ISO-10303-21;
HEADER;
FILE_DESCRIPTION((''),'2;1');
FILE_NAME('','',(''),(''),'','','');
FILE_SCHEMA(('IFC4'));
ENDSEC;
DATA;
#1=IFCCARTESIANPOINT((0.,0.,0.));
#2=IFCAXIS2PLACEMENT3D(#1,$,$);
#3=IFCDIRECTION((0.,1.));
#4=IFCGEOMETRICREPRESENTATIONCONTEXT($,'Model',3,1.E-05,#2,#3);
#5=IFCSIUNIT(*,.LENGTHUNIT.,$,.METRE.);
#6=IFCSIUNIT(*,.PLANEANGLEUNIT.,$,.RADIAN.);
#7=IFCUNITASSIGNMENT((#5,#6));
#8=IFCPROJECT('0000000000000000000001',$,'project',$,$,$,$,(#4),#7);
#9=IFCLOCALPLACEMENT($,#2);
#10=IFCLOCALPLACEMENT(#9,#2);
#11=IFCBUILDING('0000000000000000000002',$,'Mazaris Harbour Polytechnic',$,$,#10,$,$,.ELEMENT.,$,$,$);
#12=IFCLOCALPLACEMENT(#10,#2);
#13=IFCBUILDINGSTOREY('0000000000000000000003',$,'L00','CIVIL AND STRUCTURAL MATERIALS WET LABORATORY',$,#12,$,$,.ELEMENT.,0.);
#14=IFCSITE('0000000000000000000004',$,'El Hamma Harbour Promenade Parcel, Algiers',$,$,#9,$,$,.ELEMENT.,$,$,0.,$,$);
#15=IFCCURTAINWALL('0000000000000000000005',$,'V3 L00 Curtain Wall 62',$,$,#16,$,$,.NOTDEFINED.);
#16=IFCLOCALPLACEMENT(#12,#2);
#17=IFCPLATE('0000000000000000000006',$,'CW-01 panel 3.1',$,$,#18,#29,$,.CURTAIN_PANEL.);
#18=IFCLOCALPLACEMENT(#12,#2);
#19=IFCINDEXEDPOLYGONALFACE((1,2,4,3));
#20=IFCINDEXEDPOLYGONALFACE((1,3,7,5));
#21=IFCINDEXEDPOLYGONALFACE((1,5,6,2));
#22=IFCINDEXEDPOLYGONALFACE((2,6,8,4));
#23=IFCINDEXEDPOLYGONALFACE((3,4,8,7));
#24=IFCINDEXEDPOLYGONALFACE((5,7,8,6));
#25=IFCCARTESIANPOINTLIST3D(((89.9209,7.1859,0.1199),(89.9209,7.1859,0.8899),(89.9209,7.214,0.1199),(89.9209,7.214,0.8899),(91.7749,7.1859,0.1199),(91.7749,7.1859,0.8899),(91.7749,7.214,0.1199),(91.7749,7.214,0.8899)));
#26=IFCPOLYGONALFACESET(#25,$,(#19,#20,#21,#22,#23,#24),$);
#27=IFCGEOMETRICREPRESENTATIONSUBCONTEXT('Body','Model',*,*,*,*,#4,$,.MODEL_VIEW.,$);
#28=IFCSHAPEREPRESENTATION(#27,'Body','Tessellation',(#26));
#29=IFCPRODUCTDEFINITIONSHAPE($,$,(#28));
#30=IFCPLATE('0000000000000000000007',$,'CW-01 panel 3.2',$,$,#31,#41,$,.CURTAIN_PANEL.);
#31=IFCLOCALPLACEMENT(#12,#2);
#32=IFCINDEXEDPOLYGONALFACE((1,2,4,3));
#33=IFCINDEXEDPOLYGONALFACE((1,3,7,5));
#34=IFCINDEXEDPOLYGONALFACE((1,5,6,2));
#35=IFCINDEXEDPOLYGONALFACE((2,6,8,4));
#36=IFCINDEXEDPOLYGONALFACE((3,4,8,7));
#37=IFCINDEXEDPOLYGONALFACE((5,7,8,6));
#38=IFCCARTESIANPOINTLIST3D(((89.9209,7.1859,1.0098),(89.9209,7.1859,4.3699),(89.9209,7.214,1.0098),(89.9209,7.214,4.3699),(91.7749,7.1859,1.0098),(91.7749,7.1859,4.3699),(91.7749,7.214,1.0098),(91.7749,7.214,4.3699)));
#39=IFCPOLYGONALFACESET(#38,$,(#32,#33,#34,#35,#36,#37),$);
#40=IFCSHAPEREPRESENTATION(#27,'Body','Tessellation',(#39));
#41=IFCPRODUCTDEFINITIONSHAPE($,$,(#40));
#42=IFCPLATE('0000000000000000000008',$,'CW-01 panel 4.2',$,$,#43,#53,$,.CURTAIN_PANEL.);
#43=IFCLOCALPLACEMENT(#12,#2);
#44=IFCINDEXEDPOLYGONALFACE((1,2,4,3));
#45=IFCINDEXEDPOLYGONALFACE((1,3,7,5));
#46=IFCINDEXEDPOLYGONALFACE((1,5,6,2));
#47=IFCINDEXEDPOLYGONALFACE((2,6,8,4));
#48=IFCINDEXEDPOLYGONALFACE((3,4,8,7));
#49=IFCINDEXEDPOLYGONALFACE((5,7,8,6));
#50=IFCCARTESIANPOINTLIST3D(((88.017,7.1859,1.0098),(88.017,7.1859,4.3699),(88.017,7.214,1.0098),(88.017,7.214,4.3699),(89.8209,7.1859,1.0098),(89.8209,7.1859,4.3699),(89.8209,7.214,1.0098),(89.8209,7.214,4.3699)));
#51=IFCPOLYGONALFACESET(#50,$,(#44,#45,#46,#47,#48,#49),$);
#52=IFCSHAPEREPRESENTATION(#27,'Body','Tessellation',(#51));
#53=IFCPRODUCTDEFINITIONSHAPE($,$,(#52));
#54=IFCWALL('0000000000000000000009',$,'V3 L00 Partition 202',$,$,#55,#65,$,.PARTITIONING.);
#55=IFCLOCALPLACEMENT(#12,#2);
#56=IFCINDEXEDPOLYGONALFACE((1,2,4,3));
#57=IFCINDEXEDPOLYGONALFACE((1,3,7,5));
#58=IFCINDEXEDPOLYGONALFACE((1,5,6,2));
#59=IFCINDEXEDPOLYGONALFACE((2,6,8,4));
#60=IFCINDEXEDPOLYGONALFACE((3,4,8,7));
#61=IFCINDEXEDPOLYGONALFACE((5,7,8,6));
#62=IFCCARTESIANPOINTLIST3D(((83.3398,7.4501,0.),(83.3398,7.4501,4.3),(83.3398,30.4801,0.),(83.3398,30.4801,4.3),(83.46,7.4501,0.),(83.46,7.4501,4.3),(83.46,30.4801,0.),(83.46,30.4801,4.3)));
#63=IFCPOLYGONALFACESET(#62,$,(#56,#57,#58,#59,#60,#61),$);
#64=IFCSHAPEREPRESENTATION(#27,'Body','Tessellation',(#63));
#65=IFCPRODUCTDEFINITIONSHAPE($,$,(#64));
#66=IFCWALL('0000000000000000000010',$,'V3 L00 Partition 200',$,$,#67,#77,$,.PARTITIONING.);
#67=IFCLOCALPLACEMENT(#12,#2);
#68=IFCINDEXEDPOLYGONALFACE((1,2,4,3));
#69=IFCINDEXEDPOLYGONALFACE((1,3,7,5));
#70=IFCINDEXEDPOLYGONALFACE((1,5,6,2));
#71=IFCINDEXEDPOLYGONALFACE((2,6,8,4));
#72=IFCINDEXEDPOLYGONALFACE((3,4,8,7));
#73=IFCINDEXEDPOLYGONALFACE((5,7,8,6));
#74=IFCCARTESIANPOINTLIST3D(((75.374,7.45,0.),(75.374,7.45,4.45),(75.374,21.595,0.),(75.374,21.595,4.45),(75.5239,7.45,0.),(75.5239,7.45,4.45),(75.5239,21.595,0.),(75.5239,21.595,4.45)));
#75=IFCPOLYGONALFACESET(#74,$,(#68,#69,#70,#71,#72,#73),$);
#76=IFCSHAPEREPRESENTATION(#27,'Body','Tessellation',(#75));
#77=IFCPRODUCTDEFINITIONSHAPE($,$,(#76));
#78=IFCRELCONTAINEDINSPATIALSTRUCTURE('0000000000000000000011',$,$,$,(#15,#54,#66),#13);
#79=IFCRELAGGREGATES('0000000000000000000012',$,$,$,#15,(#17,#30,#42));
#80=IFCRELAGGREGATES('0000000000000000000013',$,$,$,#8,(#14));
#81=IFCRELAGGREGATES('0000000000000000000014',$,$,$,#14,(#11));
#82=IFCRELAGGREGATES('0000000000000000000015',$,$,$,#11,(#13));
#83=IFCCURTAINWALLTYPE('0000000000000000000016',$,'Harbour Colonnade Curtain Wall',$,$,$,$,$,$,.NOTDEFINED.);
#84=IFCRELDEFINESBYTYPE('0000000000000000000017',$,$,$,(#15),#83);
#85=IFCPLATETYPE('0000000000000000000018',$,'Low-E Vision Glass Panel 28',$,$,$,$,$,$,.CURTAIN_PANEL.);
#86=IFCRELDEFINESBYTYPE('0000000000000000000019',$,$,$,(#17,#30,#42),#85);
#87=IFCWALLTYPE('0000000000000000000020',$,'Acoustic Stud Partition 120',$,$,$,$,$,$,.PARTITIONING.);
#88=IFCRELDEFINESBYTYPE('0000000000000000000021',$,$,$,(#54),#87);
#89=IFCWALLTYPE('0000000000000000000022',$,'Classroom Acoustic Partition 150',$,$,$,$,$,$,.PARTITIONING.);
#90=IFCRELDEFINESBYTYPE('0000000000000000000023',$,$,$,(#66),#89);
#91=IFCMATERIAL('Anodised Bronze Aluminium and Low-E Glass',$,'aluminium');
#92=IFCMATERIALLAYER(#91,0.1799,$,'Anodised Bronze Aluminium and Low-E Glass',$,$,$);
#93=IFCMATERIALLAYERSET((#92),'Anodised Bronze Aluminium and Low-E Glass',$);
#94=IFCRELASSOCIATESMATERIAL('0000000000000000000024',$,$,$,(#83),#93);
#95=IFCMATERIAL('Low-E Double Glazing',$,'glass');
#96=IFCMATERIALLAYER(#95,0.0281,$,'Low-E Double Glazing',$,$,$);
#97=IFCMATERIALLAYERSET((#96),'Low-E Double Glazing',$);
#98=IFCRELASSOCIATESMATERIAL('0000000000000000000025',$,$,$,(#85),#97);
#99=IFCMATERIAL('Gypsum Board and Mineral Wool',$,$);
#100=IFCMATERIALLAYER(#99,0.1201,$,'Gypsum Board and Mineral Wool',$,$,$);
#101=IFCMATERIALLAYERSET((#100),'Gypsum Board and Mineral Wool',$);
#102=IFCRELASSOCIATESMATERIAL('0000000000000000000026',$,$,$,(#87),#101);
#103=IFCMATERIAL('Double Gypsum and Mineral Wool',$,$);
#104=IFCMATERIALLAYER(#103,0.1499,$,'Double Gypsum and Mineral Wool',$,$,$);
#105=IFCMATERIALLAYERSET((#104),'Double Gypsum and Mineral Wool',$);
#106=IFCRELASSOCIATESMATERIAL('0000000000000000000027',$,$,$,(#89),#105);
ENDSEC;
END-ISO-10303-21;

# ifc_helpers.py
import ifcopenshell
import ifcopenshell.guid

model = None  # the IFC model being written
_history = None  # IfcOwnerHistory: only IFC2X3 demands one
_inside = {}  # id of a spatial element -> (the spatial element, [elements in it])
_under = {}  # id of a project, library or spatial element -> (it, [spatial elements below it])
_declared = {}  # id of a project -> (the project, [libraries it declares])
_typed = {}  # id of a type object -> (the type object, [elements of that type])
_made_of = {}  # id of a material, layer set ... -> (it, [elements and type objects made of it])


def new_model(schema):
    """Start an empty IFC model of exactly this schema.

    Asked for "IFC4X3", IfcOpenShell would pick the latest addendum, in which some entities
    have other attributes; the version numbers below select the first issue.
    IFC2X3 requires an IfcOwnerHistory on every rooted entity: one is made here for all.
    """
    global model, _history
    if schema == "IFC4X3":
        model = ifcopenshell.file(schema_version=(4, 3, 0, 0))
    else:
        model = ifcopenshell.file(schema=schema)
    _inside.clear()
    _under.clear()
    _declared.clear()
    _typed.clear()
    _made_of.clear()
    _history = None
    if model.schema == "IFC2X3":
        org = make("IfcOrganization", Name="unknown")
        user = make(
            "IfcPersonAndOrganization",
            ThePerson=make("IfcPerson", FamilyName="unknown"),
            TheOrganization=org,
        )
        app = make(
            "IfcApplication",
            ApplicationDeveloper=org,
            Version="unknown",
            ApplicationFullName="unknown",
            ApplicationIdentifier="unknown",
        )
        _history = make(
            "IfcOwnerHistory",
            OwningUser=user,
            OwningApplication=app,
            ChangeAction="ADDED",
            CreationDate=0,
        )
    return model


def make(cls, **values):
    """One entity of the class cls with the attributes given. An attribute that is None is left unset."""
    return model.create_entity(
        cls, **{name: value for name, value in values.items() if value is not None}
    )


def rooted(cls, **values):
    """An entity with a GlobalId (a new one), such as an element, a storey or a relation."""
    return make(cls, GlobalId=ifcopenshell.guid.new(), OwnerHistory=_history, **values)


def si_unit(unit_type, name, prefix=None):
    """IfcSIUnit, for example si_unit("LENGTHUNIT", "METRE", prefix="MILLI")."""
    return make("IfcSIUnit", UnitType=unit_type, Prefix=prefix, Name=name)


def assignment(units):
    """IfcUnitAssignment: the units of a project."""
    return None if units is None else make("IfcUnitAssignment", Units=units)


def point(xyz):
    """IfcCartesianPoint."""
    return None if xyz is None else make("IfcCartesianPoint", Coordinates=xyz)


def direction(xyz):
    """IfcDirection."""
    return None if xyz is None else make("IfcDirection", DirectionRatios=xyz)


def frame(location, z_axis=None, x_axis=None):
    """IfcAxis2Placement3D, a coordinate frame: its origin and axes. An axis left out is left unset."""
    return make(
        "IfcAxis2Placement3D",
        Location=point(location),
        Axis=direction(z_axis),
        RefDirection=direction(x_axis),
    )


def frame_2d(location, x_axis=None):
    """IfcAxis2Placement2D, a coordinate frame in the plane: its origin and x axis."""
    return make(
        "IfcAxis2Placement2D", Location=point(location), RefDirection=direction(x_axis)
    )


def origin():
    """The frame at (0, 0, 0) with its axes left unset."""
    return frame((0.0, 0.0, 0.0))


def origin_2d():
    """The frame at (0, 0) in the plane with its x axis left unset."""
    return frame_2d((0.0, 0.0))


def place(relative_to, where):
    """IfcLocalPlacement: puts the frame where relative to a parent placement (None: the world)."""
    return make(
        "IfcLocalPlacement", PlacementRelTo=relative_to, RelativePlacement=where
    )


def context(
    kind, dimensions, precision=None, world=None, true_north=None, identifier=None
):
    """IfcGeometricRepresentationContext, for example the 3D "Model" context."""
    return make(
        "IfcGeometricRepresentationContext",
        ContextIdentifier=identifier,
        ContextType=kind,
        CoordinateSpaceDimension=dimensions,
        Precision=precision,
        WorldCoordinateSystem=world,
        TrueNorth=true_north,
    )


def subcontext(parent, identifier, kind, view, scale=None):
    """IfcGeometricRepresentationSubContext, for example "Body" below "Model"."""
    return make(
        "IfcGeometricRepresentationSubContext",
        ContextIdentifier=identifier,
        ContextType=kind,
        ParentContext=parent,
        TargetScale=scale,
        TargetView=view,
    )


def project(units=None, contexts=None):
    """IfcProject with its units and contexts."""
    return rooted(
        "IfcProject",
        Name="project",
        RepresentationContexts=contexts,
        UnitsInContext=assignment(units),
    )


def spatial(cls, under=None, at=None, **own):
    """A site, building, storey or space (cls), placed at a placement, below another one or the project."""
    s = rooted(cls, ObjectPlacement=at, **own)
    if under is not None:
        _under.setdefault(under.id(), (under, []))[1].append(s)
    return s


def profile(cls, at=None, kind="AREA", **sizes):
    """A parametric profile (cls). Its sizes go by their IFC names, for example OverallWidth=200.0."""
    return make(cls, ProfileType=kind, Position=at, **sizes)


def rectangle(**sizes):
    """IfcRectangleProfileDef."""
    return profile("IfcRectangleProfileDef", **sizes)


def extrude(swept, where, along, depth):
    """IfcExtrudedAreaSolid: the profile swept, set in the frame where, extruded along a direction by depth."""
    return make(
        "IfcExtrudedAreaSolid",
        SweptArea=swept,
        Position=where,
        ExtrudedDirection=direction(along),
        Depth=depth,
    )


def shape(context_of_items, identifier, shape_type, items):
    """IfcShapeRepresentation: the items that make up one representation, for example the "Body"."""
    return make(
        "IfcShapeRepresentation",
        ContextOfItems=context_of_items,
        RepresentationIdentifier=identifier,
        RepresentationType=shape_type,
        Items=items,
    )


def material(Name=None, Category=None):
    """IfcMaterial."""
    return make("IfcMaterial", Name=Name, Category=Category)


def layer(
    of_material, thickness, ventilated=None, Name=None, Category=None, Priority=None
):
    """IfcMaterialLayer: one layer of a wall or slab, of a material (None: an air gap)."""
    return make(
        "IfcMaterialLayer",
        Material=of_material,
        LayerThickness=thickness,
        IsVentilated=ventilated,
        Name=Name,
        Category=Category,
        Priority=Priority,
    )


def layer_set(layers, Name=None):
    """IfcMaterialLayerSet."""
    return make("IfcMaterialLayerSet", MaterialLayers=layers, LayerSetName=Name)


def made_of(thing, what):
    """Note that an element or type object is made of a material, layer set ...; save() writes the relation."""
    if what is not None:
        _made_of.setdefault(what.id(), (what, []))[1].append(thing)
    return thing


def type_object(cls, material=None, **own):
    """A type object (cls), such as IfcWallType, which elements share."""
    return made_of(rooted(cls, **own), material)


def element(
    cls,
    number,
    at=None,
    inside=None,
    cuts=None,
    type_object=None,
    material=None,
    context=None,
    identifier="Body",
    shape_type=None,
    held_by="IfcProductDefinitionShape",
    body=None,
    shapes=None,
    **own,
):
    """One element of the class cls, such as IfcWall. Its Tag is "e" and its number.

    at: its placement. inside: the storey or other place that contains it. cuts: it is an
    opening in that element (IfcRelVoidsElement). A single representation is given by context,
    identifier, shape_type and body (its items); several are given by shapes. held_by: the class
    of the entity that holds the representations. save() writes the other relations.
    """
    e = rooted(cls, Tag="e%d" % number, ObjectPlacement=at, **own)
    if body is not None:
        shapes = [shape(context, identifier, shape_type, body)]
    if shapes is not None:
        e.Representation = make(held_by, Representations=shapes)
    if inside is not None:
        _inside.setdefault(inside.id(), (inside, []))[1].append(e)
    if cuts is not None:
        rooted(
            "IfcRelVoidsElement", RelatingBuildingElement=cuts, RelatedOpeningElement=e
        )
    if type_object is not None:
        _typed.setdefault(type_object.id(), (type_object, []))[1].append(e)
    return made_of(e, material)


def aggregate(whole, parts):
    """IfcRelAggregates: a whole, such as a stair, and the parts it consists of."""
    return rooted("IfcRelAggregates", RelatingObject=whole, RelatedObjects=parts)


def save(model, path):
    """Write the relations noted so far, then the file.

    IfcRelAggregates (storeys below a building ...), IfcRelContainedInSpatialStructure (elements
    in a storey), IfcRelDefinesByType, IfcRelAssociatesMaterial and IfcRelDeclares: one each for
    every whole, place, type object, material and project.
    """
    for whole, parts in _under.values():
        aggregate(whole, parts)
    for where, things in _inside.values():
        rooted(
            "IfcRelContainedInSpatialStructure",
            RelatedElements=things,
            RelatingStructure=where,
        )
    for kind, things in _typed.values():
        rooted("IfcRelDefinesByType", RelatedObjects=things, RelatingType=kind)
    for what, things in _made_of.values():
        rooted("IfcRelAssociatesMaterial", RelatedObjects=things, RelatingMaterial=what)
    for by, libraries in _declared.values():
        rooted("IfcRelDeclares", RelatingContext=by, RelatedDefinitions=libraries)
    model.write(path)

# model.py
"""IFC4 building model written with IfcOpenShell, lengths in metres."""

from ifc_helpers import new_model, si_unit, direction, frame, frame_2d, origin, origin_2d, place, context, subcontext, project, spatial, rectangle, extrude, material, layer, layer_set, type_object, element, aggregate, save


model = new_model("IFC4")

# Units and contexts
model_context = context("Model", 3, precision=1e-05, world=origin(), true_north=direction((0.0, 1.0)))
body_context = subcontext(model_context, "Body", "Model", "MODEL_VIEW")
ifc_project = project(units=[si_unit("LENGTHUNIT", "METRE"), si_unit("PLANEANGLEUNIT", "RADIAN")], contexts=[model_context])

# Site, building, storey
site_placement = place(None, origin())
site = spatial("IfcSite", under=ifc_project, at=site_placement, Name="El Hamma Harbour Promenade Parcel, Algiers", CompositionType="ELEMENT", RefElevation=0.0)
building_placement = place(site_placement, origin())
building = spatial("IfcBuilding", under=site, at=building_placement, Name="Mazaris Harbour Polytechnic", CompositionType="ELEMENT")
storey_placement = place(building_placement, origin())
storey = spatial("IfcBuildingStorey", under=building, at=storey_placement, Name="L00", Description="CIVIL AND STRUCTURAL MATERIALS WET LABORATORY", CompositionType="ELEMENT", Elevation=0.0)

# Curtain wall
ifc_material_1 = material(Name="Anodised Bronze Aluminium and Low-E Glass", Category="aluminium")
ifc_layer_1 = layer(ifc_material_1, 0.1799, Name="Anodised Bronze Aluminium and Low-E Glass")
ifc_layer_set_1 = layer_set([ifc_layer_1], Name="Anodised Bronze Aluminium and Low-E Glass")
curtain_wall_type = type_object("IfcCurtainWallType", Name="Harbour Colonnade Curtain Wall", PredefinedType="NOTDEFINED", material=ifc_layer_set_1)
curtain_wall_placement = place(storey_placement, origin())
curtain_wall = element("IfcCurtainWall", 1, at=curtain_wall_placement, inside=storey, type_object=curtain_wall_type, Name="V3 L00 Curtain Wall 62", PredefinedType="NOTDEFINED")

# Plates
ifc_material_2 = material(Name="Low-E Double Glazing", Category="glass")
ifc_layer_2 = layer(ifc_material_2, 0.0281, Name="Low-E Double Glazing")
ifc_layer_set_2 = layer_set([ifc_layer_2], Name="Low-E Double Glazing")
plate_type = type_object("IfcPlateType", Name="Low-E Vision Glass Panel 28", PredefinedType="CURTAIN_PANEL", material=ifc_layer_set_2)
plate_1_placement = place(storey_placement, frame((90.8479, 7.2, 0.1199), z_axis=(0.0, 0.0, 1.0), x_axis=(-1.0, 0.0, 0.0)))
plate_1 = element("IfcPlate", 2, at=plate_1_placement, type_object=plate_type, Name="CW-01 panel 3.1", PredefinedType="CURTAIN_PANEL", context=body_context, shape_type="SweptSolid", body=[
    extrude(rectangle(XDim=1.854, YDim=0.0281, at=origin_2d()), origin(), (0.0, 0.0, 1.0), 0.77),
])
plate_2_placement = place(storey_placement, frame((90.8479, 7.2, 1.0098), z_axis=(0.0, 0.0, 1.0), x_axis=(-1.0, 0.0, 0.0)))
plate_2 = element("IfcPlate", 3, at=plate_2_placement, type_object=plate_type, Name="CW-01 panel 3.2", PredefinedType="CURTAIN_PANEL", context=body_context, shape_type="SweptSolid", body=[
    extrude(rectangle(XDim=1.854, YDim=0.0281, at=origin_2d()), origin(), (0.0, 0.0, 1.0), 3.3601),
])
plate_3_placement = place(storey_placement, frame((88.9189, 7.2, 1.0098), z_axis=(0.0, 0.0, 1.0), x_axis=(-1.0, 0.0, 0.0)))
plate_3 = element("IfcPlate", 4, at=plate_3_placement, type_object=plate_type, Name="CW-01 panel 4.2", PredefinedType="CURTAIN_PANEL", context=body_context, shape_type="SweptSolid", body=[
    extrude(rectangle(XDim=1.804, YDim=0.0281, at=origin_2d()), origin(), (0.0, 0.0, 1.0), 3.3601),
])
aggregate(curtain_wall, [plate_1, plate_2, plate_3])

# Walls
ifc_material_3 = material(Name="Gypsum Board and Mineral Wool")
ifc_layer_3 = layer(ifc_material_3, 0.1201, Name="Gypsum Board and Mineral Wool")
ifc_layer_set_3 = layer_set([ifc_layer_3], Name="Gypsum Board and Mineral Wool")
wall_type_1 = type_object("IfcWallType", Name="Acoustic Stud Partition 120", PredefinedType="PARTITIONING", material=ifc_layer_set_3)
wall_1_placement = place(storey_placement, frame((83.3999, 7.45, 0.0), z_axis=(0.0, 0.0, 1.0), x_axis=(0.0, 1.0, 0.0)))
element("IfcWall", 5, at=wall_1_placement, inside=storey, type_object=wall_type_1, Name="V3 L00 Partition 202", PredefinedType="PARTITIONING", context=body_context, shape_type="SweptSolid", body=[
    extrude(rectangle(XDim=23.03, YDim=0.1201, at=frame_2d((11.5151, 0.0))), origin(), (0.0, 0.0, 1.0), 4.3),
])
ifc_material_4 = material(Name="Double Gypsum and Mineral Wool")
ifc_layer_4 = layer(ifc_material_4, 0.1499, Name="Double Gypsum and Mineral Wool")
ifc_layer_set_4 = layer_set([ifc_layer_4], Name="Double Gypsum and Mineral Wool")
wall_type_2 = type_object("IfcWallType", Name="Classroom Acoustic Partition 150", PredefinedType="PARTITIONING", material=ifc_layer_set_4)
wall_2_placement = place(storey_placement, frame((75.449, 7.45, 0.0), z_axis=(0.0, 0.0, 1.0), x_axis=(0.0, 1.0, 0.0)))
element("IfcWall", 6, at=wall_2_placement, inside=storey, type_object=wall_type_2, Name="V3 L00 Partition 200", PredefinedType="PARTITIONING", context=body_context, shape_type="SweptSolid", body=[
    extrude(rectangle(XDim=14.145, YDim=0.1499, at=frame_2d((7.0725, 0.0))), origin(), (0.0, 0.0, 1.0), 4.45),
])

save(model, "model.ifc")
